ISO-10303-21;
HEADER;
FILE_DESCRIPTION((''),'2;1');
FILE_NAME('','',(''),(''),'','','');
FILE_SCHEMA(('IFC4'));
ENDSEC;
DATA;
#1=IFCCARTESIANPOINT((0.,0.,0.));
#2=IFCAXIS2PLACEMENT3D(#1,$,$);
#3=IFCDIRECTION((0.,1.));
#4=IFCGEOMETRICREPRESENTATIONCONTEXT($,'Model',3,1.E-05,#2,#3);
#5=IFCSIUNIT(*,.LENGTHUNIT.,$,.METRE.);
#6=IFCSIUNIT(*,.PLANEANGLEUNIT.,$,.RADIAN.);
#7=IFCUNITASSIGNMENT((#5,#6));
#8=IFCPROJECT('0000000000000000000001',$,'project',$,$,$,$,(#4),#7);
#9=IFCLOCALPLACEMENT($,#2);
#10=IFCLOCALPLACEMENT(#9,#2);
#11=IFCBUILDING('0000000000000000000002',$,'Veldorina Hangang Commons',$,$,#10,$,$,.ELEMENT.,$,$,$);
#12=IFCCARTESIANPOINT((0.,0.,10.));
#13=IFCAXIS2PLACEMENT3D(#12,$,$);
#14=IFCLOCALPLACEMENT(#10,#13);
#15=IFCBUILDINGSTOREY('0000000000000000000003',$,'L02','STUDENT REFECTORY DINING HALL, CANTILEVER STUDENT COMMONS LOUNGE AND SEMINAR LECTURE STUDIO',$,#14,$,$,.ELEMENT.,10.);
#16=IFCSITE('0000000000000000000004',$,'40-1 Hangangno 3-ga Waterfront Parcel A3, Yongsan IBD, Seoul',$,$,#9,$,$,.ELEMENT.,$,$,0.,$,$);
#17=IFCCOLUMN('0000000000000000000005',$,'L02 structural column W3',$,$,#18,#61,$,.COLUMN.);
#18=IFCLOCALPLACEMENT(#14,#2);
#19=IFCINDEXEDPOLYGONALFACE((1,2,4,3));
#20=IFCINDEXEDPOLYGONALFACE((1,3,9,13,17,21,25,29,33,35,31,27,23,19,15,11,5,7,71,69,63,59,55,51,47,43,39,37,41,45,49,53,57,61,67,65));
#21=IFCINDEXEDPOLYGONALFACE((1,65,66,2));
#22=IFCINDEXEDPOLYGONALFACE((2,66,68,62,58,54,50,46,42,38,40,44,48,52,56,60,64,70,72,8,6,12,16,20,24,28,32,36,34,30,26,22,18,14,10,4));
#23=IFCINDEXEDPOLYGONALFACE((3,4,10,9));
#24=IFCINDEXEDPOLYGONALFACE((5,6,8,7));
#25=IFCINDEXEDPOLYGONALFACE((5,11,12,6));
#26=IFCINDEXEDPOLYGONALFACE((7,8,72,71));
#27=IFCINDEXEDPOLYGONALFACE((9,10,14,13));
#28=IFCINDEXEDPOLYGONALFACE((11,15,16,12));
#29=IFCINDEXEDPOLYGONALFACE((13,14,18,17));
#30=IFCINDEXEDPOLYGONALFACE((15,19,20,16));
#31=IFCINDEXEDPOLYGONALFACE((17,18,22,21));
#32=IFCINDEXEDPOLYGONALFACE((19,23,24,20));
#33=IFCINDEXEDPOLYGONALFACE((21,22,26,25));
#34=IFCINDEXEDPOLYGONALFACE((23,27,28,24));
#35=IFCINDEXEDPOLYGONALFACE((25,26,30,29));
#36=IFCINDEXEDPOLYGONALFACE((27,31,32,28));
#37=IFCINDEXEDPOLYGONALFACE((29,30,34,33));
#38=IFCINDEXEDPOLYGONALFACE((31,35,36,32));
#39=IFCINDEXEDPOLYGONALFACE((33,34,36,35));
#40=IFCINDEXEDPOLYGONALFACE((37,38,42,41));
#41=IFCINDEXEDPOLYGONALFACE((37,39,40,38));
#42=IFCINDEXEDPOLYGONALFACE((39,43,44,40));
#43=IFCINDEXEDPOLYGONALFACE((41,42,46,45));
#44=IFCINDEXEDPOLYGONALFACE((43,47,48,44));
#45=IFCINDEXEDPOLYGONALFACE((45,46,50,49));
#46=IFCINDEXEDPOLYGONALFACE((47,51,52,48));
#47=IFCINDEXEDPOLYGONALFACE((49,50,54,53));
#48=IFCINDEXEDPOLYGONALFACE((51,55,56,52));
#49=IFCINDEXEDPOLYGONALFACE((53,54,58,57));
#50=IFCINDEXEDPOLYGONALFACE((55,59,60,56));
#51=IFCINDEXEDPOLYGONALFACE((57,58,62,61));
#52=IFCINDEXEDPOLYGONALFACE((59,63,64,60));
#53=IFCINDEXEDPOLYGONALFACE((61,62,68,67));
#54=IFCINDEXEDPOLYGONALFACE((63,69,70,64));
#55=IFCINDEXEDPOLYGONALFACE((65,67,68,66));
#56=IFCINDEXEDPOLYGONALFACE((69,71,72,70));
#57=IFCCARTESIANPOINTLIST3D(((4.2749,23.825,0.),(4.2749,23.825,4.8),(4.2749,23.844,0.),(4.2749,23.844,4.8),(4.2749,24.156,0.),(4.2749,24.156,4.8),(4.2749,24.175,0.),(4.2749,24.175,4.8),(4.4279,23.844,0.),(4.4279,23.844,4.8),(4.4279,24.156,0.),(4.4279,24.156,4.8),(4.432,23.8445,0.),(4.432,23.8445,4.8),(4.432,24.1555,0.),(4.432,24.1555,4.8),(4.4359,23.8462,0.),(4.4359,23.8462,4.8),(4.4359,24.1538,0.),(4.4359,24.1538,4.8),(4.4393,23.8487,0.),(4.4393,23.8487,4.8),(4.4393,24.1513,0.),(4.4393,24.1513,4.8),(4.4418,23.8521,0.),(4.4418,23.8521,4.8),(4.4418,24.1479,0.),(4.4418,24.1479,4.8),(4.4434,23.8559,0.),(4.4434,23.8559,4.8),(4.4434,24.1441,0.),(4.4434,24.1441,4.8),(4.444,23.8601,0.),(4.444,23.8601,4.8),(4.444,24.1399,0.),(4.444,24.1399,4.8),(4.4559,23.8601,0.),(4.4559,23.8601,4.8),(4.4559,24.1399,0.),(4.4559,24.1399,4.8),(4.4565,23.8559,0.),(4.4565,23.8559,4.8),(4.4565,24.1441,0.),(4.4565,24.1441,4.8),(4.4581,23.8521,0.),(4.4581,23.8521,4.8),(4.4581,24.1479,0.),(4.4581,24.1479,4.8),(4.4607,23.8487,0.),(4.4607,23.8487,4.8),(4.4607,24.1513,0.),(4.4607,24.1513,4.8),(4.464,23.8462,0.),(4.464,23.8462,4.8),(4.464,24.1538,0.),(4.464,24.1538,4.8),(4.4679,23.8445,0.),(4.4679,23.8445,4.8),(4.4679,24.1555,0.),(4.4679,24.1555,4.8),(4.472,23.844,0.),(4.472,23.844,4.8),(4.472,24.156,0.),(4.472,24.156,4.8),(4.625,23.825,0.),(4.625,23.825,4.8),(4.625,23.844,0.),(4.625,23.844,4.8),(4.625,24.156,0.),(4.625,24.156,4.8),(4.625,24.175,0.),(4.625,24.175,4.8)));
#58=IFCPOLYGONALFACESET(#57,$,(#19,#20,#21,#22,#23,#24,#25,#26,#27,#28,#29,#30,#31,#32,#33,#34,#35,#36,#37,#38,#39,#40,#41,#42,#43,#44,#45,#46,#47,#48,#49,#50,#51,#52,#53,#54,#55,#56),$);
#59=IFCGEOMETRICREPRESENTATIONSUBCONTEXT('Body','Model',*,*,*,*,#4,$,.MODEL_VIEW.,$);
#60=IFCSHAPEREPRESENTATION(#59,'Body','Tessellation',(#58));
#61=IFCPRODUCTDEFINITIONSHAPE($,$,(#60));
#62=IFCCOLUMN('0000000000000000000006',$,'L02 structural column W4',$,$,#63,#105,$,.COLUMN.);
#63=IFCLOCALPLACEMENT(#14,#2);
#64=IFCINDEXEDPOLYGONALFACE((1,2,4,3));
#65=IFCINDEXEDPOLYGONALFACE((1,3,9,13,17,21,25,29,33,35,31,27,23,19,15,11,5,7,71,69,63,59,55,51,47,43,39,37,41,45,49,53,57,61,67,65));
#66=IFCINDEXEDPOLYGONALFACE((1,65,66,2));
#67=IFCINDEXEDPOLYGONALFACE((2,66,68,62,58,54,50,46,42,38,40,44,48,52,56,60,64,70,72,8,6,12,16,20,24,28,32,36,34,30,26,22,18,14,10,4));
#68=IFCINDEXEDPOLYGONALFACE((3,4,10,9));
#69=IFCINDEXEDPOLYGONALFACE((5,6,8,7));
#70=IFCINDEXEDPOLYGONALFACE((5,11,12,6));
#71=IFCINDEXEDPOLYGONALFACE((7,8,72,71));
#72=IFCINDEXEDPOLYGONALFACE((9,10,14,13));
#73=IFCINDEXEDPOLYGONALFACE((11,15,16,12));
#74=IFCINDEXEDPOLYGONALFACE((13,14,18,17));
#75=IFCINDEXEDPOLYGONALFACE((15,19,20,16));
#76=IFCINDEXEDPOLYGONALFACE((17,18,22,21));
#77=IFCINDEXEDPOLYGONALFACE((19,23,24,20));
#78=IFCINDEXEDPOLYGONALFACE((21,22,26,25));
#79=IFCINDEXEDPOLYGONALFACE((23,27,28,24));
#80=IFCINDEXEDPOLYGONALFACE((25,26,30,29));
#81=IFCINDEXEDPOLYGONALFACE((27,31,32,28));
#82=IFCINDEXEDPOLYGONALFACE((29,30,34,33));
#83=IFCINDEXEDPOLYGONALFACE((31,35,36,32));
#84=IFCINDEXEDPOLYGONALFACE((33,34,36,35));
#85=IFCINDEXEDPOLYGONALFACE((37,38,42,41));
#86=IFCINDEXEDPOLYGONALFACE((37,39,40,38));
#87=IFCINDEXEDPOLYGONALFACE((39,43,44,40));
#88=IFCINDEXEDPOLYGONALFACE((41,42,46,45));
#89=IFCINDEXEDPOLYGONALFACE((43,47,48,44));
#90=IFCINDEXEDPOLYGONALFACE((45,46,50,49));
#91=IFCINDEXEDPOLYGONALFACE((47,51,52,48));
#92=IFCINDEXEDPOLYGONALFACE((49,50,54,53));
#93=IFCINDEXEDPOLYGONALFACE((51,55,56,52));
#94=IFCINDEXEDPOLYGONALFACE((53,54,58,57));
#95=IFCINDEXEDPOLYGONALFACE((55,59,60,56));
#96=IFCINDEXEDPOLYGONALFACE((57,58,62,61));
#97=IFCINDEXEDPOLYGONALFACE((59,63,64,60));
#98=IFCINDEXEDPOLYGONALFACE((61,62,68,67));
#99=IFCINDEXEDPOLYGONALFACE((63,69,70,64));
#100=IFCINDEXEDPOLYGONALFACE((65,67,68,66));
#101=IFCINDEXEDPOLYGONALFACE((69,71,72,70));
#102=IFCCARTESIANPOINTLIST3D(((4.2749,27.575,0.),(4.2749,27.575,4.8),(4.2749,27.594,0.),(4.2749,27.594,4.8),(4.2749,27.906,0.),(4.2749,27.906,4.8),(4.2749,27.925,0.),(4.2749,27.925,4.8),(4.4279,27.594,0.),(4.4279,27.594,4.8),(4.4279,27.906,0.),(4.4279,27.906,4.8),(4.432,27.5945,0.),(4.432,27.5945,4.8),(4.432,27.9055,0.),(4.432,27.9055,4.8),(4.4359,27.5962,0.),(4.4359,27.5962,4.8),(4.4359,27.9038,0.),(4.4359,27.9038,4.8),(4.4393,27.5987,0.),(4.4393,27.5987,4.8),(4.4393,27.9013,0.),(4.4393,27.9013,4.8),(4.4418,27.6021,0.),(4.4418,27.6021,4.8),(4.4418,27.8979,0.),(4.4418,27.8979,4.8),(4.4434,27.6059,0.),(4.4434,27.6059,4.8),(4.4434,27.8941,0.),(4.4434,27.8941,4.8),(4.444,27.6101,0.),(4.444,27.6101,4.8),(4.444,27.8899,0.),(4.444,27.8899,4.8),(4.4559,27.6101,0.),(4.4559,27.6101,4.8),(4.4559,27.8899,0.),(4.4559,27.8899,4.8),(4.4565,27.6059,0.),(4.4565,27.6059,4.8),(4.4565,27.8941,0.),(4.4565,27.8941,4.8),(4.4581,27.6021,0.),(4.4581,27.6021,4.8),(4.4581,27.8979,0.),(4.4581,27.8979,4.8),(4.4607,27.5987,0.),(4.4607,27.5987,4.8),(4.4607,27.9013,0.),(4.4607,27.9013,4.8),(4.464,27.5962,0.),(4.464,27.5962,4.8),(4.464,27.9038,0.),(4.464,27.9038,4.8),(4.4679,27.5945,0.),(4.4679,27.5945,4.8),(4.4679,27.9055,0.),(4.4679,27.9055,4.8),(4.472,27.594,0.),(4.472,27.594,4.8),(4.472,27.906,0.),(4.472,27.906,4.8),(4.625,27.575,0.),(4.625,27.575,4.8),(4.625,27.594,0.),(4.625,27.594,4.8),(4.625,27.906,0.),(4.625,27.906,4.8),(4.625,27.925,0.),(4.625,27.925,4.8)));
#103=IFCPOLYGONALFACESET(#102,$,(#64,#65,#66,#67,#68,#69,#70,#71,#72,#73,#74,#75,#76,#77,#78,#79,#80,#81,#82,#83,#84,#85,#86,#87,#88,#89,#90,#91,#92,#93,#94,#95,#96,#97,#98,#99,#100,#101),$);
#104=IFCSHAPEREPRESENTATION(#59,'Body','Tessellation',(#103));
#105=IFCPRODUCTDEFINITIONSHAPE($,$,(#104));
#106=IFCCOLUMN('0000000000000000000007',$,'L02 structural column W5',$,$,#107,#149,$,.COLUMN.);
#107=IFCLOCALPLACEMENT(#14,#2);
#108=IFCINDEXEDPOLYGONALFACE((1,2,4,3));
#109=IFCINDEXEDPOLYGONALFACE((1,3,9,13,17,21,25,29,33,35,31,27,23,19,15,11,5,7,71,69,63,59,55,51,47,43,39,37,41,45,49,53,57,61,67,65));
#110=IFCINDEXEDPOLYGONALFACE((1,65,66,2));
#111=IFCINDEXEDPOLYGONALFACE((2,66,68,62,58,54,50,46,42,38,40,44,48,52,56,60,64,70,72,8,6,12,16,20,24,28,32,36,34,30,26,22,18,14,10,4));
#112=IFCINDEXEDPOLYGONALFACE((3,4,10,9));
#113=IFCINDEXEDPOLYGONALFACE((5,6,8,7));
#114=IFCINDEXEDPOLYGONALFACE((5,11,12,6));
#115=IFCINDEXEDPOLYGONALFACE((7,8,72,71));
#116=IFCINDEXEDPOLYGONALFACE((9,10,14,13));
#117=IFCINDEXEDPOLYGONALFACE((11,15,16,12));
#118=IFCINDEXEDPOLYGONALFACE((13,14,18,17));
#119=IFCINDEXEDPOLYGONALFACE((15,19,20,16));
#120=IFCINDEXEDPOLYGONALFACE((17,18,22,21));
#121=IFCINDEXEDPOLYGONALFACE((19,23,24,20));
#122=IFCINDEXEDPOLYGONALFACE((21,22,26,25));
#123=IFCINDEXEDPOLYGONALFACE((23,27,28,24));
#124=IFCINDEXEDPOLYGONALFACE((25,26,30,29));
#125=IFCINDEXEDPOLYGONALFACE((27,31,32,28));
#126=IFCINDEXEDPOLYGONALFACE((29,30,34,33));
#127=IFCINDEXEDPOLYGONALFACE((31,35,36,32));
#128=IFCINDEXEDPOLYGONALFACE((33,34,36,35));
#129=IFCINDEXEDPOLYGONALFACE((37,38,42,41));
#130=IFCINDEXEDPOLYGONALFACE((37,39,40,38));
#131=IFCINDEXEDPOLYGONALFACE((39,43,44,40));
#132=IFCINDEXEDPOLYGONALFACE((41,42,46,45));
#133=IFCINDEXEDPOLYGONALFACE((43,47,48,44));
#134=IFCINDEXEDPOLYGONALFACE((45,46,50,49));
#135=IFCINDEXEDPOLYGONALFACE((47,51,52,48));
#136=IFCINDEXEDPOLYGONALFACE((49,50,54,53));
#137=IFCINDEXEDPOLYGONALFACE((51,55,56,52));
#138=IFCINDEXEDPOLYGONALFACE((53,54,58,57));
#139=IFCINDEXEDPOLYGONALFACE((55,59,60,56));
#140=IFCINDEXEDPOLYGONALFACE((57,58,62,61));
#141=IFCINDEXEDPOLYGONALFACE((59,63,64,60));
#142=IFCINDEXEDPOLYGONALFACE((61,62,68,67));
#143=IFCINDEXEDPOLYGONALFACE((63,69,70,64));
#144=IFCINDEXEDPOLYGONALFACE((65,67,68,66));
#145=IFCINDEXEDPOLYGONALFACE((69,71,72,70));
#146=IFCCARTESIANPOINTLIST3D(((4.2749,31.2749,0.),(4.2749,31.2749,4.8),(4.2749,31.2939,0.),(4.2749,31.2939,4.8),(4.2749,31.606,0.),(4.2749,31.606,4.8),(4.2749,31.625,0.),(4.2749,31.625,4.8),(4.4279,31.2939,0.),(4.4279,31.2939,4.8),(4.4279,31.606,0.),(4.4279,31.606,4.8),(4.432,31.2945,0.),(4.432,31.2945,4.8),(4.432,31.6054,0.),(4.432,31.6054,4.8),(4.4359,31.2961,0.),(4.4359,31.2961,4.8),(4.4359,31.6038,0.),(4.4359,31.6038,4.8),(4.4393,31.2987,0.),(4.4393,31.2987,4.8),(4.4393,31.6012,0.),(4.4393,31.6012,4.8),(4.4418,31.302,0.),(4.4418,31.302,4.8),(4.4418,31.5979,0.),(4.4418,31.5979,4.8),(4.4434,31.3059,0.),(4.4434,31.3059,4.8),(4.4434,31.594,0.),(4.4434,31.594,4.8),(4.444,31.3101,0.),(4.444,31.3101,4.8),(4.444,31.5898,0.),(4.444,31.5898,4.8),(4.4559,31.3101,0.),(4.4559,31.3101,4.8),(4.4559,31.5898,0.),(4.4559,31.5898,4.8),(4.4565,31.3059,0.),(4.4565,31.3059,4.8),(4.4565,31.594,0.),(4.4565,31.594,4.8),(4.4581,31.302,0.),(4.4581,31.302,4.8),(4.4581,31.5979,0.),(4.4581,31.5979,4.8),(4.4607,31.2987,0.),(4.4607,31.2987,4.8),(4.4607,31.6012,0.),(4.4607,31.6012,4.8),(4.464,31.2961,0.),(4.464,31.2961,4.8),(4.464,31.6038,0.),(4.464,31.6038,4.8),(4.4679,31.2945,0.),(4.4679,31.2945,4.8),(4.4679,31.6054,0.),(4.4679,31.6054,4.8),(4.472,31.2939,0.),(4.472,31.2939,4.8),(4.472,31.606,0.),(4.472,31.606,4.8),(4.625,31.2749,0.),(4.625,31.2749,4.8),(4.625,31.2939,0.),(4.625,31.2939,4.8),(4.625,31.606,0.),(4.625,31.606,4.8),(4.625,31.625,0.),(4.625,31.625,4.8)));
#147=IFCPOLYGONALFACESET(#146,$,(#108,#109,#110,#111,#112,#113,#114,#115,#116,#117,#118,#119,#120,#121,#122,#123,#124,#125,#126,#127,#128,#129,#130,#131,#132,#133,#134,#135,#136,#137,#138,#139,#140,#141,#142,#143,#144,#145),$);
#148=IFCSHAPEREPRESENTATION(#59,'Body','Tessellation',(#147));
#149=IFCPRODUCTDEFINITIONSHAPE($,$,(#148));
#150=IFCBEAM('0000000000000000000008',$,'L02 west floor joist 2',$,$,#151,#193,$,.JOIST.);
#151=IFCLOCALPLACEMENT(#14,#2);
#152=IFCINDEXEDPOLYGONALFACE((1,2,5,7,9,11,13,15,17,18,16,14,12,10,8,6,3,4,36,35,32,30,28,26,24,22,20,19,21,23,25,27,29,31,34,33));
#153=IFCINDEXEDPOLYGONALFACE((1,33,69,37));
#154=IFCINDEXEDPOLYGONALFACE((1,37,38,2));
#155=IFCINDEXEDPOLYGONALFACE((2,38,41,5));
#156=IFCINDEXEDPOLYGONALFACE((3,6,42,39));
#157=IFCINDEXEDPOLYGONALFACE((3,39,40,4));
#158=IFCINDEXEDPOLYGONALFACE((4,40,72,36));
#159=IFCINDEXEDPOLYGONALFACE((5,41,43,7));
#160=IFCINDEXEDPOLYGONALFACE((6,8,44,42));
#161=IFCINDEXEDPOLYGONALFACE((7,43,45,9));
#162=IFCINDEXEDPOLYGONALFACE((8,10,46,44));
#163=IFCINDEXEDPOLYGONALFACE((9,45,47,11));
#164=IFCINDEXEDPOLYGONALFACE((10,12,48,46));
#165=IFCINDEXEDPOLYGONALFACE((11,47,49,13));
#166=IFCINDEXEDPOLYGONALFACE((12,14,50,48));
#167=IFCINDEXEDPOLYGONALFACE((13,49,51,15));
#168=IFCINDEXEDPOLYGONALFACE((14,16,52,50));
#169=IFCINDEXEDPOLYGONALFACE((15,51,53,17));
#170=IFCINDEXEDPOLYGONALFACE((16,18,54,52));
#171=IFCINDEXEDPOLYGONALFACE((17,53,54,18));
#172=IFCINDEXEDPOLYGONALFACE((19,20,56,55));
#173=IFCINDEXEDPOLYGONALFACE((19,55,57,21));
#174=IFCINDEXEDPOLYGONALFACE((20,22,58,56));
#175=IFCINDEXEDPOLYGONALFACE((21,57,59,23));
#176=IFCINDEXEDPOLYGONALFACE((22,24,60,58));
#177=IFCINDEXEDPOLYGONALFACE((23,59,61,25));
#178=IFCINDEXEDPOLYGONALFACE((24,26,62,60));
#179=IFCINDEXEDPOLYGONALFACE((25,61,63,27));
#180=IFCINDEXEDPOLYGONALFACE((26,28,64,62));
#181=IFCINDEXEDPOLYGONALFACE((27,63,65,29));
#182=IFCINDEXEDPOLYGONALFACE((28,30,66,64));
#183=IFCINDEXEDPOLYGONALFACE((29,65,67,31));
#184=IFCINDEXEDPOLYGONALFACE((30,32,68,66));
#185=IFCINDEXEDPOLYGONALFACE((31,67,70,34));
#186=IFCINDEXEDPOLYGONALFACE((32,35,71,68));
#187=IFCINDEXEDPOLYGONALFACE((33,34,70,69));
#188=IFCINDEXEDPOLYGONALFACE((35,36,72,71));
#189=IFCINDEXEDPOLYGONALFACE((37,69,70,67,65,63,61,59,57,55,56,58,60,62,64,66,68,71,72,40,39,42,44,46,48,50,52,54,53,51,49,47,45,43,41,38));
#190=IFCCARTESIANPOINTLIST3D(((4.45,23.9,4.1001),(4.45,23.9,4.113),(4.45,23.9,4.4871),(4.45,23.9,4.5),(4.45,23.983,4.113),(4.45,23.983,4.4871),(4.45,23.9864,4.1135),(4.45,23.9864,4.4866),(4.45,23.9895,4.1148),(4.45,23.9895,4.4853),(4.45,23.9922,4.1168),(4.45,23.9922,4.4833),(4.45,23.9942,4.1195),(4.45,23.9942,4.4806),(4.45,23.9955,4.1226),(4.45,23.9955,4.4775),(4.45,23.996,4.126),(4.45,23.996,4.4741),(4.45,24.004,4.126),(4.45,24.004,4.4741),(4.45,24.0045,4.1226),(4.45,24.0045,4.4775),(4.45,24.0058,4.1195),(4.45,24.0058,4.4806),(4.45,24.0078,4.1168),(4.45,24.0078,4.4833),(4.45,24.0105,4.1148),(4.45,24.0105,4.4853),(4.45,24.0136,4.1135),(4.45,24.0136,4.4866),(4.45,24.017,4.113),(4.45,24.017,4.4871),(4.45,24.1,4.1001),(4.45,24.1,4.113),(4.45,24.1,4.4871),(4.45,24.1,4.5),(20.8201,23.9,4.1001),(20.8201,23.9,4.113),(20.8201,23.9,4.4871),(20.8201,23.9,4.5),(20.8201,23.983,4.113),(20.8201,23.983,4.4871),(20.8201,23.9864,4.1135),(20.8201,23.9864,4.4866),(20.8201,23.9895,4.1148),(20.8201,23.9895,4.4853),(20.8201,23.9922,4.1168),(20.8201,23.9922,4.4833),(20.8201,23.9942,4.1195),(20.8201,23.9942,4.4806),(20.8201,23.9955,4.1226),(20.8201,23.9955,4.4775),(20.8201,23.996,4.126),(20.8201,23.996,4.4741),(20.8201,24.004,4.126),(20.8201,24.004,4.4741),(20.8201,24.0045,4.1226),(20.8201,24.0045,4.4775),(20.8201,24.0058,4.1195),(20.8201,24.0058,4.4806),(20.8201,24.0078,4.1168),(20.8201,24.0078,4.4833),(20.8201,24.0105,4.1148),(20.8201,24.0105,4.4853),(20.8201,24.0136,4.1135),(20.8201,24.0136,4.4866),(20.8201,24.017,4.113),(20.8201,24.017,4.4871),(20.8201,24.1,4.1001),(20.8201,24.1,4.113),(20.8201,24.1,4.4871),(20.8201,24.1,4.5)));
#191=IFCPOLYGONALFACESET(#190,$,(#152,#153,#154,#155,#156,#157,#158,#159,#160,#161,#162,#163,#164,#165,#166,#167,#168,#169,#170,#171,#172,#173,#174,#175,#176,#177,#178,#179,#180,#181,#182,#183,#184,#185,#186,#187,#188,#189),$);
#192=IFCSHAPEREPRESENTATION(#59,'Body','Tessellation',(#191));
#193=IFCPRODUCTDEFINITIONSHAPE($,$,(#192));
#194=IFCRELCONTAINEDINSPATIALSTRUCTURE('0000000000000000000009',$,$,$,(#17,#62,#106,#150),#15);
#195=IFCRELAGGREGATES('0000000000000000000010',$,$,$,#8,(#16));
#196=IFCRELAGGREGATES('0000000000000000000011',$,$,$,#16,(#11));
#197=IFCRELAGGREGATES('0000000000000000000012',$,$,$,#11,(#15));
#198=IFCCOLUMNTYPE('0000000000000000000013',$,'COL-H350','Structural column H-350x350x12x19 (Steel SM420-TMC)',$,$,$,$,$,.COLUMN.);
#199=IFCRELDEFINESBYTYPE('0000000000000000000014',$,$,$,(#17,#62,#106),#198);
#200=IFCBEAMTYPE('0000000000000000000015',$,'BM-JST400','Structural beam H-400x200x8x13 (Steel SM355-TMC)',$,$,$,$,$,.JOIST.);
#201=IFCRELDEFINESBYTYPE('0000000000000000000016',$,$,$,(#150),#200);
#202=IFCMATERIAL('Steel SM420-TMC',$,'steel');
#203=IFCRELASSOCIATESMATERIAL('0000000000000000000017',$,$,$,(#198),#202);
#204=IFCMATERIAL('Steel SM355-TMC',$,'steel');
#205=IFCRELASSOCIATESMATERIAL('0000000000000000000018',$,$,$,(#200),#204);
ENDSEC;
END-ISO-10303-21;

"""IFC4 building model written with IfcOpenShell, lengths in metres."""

from ifc_helpers import new_model, si_unit, direction, frame, origin, origin_2d, place, context, subcontext, project, spatial, i_section, extrude, material, material_profile, profile_set, type_object, element, save


model = new_model("IFC4")

# Units and contexts
model_context = context("Model", 3, precision=1e-05, world=origin(), true_north=direction((0.0, 1.0)))
body_context = subcontext(model_context, "Body", "Model", "MODEL_VIEW")
ifc_project = project(units=[si_unit("LENGTHUNIT", "METRE"), si_unit("PLANEANGLEUNIT", "RADIAN")], contexts=[model_context])

# Site, building, storey
site_placement = place(None, origin())
site = spatial("IfcSite", under=ifc_project, at=site_placement, Name="40-1 Hangangno 3-ga Waterfront Parcel A3, Yongsan IBD, Seoul", CompositionType="ELEMENT", RefElevation=0.0)
building_placement = place(site_placement, origin())
building = spatial("IfcBuilding", under=site, at=building_placement, Name="Veldorina Hangang Commons", CompositionType="ELEMENT")
storey_placement = place(building_placement, frame((0.0, 0.0, 10.0)))
storey = spatial("IfcBuildingStorey", under=building, at=storey_placement, Name="L02", Description="STUDENT REFECTORY DINING HALL, CANTILEVER STUDENT COMMONS LOUNGE AND SEMINAR LECTURE STUDIO", CompositionType="ELEMENT", Elevation=10.0)

# Columns
ifc_material_1 = material(Name="Steel SM420-TMC", Category="steel")
ifc_material_profile_1 = material_profile(ifc_material_1, i_section(OverallWidth=0.3501, OverallDepth=0.3501, WebThickness=0.012, FlangeThickness=0.019, FilletRadius=0.0161, at=origin_2d()), Name="H-350x350x12x19")
ifc_profile_set_1 = profile_set([ifc_material_profile_1], Name="Steel SM420-TMC")
column_type = type_object("IfcColumnType", Name="COL-H350", Description="Structural column H-350x350x12x19 (Steel SM420-TMC)", PredefinedType="COLUMN", material=ifc_profile_set_1)
for number, where, z_axis, x_axis, name in (
    (1, (4.45, 24.0, 0.0), (0.0, 0.0, 1.0), (1.0, 0.0, 0.0), "L02 structural column W3"),
    (2, (4.45, 27.75, 0.0), (0.0, 0.0, 1.0), (1.0, 0.0, 0.0), "L02 structural column W4"),
    (3, (4.45, 31.45, 0.0), (0.0, 0.0, 1.0), (1.0, 0.0, 0.0), "L02 structural column W5"),
):
    element("IfcColumn", number, at=place(storey_placement, frame(where, z_axis=z_axis, x_axis=x_axis)), inside=storey, type_object=column_type, Name=name, PredefinedType="COLUMN", context=body_context, shape_type="SweptSolid", body=[
        extrude(i_section(OverallWidth=0.3501, OverallDepth=0.3501, WebThickness=0.012, FlangeThickness=0.019, FilletRadius=0.0161, at=origin_2d()), origin(), (0.0, 0.0, 1.0), 4.8),
    ])

# Beam
ifc_material_2 = material(Name="Steel SM355-TMC", Category="steel")
ifc_material_profile_2 = material_profile(ifc_material_2, i_section(OverallWidth=0.2, OverallDepth=0.3999, WebThickness=0.0081, FlangeThickness=0.0129, FilletRadius=0.0129, at=origin_2d()), Name="H-400x200x8x13")
ifc_profile_set_2 = profile_set([ifc_material_profile_2], Name="Steel SM355-TMC")
beam_type_1 = type_object("IfcBeamType", Name="BM-JST400", Description="Structural beam H-400x200x8x13 (Steel SM355-TMC)", PredefinedType="JOIST", material=ifc_profile_set_2)
for number, where, z_axis, x_axis, name in (
    (4, (4.45, 24.0, 4.3), (1.0, 0.0, 0.0), (0.0, 1.0, 0.0), "L02 west floor joist 2"),
):
    element("IfcBeam", number, at=place(storey_placement, frame(where, z_axis=z_axis, x_axis=x_axis)), inside=storey, type_object=beam_type_1, Name=name, PredefinedType="JOIST", context=body_context, shape_type="SweptSolid", body=[
        extrude(i_section(OverallWidth=0.2, OverallDepth=0.3999, WebThickness=0.0081, FlangeThickness=0.0129, FilletRadius=0.0129, at=origin_2d()), origin(), (0.0, 0.0, 1.0), 16.3701),
    ])

save(model, "model.ifc")
